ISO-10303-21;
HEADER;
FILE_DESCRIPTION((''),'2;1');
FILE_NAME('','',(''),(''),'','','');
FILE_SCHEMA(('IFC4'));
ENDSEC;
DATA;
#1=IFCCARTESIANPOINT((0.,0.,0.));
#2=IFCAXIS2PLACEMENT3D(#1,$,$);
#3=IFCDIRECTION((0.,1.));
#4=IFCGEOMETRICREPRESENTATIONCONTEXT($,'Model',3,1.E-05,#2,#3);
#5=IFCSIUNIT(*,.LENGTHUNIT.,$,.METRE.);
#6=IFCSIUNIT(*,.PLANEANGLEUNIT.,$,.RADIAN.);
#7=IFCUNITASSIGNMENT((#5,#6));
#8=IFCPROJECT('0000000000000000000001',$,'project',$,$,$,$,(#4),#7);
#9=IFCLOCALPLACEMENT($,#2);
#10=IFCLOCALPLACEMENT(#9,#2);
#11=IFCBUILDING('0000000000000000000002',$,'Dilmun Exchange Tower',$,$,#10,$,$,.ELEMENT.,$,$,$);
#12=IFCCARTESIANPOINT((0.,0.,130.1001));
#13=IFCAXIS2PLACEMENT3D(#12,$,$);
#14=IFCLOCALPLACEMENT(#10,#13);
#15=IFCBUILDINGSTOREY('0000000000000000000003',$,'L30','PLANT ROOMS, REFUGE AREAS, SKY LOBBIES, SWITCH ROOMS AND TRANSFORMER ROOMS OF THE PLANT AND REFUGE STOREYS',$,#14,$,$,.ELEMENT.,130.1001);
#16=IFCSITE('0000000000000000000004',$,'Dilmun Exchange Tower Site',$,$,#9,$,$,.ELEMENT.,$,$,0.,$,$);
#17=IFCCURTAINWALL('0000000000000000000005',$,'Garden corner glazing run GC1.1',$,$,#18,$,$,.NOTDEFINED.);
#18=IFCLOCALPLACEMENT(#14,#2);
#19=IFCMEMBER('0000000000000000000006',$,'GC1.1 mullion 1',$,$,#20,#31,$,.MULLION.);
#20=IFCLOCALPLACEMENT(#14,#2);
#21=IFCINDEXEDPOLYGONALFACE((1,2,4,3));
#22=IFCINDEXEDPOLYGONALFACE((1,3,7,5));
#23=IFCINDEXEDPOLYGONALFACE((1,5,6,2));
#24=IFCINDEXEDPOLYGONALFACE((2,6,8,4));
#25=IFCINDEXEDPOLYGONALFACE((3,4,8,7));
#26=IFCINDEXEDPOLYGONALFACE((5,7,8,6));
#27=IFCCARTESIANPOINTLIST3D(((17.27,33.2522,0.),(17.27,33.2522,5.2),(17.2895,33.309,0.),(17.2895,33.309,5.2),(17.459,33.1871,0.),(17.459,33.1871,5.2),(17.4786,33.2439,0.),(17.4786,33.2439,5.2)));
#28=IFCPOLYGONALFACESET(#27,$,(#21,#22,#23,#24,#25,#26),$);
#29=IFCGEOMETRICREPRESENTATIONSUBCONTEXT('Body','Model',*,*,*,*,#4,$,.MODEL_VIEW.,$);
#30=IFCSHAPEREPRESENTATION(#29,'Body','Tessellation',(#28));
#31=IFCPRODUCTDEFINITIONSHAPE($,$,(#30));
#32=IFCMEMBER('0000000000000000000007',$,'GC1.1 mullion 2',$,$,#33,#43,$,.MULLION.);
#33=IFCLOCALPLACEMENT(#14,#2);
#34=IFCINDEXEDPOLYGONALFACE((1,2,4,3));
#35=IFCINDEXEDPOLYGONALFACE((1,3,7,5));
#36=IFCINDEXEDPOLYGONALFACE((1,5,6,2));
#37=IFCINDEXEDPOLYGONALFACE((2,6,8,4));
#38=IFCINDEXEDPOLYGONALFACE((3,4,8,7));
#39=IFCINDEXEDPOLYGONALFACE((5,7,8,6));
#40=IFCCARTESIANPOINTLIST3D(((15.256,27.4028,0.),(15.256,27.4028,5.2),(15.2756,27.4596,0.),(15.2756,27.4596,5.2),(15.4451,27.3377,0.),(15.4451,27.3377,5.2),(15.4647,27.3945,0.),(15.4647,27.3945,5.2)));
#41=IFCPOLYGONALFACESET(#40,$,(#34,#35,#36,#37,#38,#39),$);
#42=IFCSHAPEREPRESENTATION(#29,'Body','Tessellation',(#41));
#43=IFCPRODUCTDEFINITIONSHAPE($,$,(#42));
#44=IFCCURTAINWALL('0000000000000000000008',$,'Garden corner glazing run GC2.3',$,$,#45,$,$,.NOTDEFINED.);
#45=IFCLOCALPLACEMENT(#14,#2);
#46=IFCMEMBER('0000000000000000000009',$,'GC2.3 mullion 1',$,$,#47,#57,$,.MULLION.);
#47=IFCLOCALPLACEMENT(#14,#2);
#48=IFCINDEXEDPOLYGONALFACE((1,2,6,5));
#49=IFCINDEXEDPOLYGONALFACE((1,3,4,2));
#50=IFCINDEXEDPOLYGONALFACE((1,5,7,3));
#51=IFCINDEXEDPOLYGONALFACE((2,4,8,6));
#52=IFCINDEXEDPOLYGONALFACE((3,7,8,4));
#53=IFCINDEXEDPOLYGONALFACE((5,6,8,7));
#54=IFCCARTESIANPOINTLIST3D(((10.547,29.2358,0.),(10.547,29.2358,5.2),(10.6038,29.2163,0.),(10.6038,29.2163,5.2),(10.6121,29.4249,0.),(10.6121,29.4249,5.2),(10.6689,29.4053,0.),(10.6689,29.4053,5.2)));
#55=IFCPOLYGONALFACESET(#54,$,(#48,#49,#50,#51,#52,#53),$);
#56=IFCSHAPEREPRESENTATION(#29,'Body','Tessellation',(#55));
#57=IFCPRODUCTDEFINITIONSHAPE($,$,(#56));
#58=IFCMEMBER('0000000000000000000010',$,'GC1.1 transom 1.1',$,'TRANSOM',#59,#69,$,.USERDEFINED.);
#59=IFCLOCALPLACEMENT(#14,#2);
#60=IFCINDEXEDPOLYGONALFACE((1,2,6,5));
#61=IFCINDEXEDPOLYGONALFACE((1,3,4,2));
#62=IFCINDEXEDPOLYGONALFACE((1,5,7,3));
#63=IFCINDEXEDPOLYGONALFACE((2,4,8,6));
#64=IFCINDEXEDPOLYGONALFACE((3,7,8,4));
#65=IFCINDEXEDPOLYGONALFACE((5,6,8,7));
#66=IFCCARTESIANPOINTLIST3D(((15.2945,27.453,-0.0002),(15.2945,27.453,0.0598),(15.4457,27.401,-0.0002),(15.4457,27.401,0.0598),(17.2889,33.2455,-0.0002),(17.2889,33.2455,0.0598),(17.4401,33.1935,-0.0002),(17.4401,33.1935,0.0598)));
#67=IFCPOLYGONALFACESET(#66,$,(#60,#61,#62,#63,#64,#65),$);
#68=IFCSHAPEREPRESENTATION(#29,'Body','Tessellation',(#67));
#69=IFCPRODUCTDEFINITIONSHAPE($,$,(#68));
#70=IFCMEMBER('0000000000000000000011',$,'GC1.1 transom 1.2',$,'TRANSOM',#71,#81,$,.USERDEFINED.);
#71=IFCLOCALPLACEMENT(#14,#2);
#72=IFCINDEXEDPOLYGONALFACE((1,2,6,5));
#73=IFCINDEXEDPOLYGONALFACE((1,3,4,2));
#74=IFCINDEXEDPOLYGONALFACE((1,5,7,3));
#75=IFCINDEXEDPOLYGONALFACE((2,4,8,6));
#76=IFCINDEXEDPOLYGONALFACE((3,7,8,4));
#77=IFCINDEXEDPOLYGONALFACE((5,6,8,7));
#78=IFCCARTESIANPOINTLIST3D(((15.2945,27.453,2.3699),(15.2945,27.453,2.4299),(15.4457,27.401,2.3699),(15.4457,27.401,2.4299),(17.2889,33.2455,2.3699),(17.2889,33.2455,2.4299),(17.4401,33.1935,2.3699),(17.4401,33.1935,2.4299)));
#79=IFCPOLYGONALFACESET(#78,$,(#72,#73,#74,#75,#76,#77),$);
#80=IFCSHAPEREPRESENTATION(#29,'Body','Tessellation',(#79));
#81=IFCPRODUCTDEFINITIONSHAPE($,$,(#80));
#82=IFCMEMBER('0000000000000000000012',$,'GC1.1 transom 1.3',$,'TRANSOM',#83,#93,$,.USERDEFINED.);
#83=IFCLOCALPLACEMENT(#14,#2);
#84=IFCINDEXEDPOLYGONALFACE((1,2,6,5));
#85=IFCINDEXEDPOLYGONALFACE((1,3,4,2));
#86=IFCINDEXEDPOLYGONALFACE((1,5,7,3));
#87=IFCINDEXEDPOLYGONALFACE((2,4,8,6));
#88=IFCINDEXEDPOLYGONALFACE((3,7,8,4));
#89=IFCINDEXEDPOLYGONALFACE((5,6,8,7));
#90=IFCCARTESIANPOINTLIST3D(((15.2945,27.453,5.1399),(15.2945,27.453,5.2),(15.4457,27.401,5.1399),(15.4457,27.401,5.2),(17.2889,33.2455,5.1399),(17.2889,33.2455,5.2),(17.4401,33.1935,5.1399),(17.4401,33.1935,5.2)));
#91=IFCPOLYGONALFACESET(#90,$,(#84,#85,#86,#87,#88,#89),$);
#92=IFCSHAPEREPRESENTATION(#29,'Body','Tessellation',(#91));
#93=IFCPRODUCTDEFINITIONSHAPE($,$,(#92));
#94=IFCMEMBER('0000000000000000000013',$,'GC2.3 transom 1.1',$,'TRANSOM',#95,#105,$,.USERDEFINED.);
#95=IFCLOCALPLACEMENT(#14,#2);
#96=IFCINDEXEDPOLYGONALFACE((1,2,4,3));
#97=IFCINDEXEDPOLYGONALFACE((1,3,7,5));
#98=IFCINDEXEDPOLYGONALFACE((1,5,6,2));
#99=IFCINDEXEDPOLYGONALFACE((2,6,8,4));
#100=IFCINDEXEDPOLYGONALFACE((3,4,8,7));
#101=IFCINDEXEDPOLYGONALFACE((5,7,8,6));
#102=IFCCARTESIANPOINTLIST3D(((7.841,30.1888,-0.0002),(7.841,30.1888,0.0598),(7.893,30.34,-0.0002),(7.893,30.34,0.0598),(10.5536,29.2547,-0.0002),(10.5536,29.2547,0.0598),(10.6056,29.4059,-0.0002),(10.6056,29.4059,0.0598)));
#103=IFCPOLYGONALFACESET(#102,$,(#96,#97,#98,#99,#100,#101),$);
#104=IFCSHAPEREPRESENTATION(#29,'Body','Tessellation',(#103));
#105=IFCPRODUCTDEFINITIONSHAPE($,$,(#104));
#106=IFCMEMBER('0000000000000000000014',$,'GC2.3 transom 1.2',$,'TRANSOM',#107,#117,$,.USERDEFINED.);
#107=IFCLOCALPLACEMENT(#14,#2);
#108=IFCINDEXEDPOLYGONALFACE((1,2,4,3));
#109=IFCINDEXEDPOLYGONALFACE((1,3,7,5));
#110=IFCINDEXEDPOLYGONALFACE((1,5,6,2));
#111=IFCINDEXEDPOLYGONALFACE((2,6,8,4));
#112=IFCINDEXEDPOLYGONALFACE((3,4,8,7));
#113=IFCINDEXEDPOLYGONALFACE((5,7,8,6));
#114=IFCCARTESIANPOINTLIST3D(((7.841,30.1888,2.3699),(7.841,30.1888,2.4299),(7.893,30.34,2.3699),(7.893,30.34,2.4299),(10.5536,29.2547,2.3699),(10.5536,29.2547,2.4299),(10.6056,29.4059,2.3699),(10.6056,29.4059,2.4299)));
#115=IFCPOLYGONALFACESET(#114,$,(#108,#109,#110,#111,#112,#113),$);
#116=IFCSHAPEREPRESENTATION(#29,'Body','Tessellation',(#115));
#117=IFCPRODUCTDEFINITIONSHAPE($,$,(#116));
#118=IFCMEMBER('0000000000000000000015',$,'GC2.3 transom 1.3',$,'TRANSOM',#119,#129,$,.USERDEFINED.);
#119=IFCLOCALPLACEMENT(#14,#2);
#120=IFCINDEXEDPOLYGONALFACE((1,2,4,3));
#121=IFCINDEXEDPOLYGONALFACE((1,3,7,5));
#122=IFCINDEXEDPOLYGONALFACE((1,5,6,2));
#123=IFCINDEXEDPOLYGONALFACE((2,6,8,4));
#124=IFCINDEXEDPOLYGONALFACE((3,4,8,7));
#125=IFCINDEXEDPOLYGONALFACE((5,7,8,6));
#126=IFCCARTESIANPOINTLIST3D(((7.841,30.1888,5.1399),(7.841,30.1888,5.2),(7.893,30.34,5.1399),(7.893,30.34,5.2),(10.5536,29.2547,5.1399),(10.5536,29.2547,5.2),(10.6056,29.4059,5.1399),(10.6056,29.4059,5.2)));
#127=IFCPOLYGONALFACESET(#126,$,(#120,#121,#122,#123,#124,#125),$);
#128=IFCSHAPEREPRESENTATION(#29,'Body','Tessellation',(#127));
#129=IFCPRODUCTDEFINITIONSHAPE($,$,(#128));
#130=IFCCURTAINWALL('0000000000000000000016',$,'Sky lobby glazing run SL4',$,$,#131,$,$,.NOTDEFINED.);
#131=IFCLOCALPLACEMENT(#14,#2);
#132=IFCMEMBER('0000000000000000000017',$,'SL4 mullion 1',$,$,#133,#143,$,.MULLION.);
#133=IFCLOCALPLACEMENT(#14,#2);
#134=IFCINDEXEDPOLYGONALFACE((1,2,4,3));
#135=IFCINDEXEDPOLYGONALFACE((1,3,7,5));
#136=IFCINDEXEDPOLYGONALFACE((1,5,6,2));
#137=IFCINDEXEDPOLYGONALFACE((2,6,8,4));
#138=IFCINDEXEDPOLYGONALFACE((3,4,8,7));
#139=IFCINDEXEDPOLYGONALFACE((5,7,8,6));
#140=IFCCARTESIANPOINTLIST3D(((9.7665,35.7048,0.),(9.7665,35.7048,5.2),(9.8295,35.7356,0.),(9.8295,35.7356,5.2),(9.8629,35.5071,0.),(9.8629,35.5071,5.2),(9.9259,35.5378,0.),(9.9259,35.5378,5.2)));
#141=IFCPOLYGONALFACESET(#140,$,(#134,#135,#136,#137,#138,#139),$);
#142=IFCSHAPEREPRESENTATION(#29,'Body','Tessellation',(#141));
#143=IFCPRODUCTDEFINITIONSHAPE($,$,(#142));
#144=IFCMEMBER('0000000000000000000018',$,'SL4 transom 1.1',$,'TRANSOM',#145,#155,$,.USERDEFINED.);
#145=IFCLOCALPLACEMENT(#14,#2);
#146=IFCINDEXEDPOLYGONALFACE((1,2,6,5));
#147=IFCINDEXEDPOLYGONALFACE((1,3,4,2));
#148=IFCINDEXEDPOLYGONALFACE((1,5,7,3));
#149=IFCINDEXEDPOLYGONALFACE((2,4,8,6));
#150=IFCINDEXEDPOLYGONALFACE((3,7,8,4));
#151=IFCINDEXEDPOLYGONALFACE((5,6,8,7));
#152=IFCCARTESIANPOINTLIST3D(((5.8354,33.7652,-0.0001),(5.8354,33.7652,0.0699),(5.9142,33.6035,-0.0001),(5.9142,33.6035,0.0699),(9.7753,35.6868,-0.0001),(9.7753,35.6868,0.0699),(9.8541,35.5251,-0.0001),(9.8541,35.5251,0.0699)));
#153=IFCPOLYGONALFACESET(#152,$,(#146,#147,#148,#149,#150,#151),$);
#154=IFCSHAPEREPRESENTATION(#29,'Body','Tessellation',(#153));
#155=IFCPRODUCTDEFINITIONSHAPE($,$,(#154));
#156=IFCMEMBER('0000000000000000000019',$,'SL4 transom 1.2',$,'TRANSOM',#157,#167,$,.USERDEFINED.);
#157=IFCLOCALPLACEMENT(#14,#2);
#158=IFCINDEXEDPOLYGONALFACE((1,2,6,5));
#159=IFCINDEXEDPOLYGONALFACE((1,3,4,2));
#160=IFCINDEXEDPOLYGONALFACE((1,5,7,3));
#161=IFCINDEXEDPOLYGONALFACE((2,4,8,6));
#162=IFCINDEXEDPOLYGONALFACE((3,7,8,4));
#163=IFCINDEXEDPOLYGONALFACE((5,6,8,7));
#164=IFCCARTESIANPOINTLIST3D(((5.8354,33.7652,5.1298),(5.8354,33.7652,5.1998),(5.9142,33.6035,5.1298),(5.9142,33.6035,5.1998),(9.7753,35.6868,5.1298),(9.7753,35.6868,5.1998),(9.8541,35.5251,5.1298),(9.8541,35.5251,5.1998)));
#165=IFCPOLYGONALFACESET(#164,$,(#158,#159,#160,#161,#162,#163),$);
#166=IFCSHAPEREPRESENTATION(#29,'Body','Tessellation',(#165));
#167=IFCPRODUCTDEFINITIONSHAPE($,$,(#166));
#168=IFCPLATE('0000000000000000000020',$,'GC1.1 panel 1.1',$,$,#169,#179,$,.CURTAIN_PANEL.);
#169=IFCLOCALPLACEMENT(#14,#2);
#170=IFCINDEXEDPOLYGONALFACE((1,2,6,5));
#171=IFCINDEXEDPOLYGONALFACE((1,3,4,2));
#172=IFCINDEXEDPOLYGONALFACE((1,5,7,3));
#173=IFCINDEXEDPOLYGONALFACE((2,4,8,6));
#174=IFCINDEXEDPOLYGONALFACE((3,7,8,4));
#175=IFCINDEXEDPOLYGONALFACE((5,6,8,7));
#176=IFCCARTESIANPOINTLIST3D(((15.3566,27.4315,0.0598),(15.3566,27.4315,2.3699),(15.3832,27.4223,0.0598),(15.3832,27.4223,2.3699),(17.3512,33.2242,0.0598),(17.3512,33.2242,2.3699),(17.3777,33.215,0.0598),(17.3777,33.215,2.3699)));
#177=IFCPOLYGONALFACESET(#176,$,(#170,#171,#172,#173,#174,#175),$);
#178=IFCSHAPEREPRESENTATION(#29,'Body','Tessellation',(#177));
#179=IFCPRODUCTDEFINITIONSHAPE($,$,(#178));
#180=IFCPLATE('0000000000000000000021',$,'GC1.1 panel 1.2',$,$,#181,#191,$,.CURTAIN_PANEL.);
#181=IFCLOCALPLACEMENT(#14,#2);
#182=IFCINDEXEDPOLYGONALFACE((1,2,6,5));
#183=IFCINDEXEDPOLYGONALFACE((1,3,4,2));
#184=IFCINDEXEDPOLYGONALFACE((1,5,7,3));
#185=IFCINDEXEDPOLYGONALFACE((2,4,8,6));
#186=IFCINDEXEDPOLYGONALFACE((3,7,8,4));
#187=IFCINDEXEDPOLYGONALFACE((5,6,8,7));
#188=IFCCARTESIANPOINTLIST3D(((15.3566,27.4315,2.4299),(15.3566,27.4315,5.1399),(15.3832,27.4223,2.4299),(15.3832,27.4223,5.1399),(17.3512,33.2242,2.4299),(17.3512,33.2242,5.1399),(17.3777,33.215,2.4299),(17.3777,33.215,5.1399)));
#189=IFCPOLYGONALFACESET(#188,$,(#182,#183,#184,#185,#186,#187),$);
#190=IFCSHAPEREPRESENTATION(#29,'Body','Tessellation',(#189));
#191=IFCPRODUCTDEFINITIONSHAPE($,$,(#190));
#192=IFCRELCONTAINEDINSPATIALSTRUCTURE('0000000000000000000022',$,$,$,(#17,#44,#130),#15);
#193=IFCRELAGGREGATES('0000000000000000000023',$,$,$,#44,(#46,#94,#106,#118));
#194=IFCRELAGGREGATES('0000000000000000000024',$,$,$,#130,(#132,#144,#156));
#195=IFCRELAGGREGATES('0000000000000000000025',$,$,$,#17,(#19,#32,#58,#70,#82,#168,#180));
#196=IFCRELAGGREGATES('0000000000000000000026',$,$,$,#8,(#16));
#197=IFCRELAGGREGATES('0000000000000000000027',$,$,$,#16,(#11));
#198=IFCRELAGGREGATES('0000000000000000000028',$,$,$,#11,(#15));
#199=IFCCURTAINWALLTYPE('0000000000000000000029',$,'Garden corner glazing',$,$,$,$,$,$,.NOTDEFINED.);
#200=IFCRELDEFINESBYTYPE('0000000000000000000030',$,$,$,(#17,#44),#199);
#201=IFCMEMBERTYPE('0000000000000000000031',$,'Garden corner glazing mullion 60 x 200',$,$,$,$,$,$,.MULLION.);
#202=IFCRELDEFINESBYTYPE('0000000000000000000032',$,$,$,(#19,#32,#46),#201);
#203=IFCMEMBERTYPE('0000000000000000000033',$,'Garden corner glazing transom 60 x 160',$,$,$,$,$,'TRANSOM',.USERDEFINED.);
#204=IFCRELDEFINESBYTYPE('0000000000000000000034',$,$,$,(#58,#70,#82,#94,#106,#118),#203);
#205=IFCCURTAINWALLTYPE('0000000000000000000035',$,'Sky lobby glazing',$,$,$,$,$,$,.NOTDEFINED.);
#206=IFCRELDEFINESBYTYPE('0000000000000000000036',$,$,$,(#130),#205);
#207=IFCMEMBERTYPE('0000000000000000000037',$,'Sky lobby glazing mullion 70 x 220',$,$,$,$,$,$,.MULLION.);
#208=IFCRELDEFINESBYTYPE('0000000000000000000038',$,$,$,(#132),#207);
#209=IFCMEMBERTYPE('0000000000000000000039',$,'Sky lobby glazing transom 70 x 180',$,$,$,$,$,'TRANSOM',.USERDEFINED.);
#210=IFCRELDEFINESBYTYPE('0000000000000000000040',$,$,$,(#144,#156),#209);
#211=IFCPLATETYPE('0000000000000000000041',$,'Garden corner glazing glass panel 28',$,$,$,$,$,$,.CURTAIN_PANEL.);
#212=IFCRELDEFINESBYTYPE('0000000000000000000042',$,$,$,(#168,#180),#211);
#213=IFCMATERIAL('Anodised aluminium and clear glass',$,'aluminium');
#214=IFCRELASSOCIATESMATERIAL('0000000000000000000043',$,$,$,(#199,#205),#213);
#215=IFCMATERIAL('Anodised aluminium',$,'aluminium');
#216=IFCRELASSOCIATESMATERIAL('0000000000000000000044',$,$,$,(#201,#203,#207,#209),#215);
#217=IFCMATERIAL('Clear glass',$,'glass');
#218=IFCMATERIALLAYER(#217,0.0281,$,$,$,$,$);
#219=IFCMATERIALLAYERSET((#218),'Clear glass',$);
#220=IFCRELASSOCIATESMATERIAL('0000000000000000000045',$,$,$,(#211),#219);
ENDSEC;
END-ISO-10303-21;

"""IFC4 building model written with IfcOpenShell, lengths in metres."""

from ifc_helpers import new_model, si_unit, direction, frame, origin, origin_2d, place, context, subcontext, project, spatial, rectangle, extrude, material, layer, layer_set, material_profile, profile_set, type_object, element, aggregate, save


model = new_model("IFC4")

# Units and contexts
model_context = context("Model", 3, precision=1e-05, world=origin(), true_north=direction((0.0, 1.0)))
body_context = subcontext(model_context, "Body", "Model", "MODEL_VIEW")
ifc_project = project(units=[si_unit("LENGTHUNIT", "METRE"), si_unit("PLANEANGLEUNIT", "RADIAN")], contexts=[model_context])

# Site, building, storey
site_placement = place(None, origin())
site = spatial("IfcSite", under=ifc_project, at=site_placement, Name="Dilmun Exchange Tower Site", CompositionType="ELEMENT", RefElevation=0.0)
building_placement = place(site_placement, origin())
building = spatial("IfcBuilding", under=site, at=building_placement, Name="Dilmun Exchange Tower", CompositionType="ELEMENT")
storey_placement = place(building_placement, frame((0.0, 0.0, 130.1001)))
storey = spatial("IfcBuildingStorey", under=building, at=storey_placement, Name="L30", Description="PLANT ROOMS, REFUGE AREAS, SKY LOBBIES, SWITCH ROOMS AND TRANSFORMER ROOMS OF THE PLANT AND REFUGE STOREYS", CompositionType="ELEMENT", Elevation=130.1001)

# Curtain wall, members
ifc_material_1 = material(Name="Anodised aluminium and clear glass", Category="aluminium")
curtain_wall_type_1 = type_object("IfcCurtainWallType", Name="Garden corner glazing", PredefinedType="NOTDEFINED", material=ifc_material_1)
curtain_wall_1_placement = place(storey_placement, origin())
curtain_wall_1 = element("IfcCurtainWall", 1, at=curtain_wall_1_placement, inside=storey, type_object=curtain_wall_type_1, Name="Garden corner glazing run GC1.1", PredefinedType="NOTDEFINED")
ifc_material_2 = material(Name="Anodised aluminium", Category="aluminium")
ifc_material_profile_1 = material_profile(ifc_material_2, rectangle(XDim=0.2, YDim=0.0601, at=origin_2d()), Name="AL 60x200")
ifc_profile_set_1 = profile_set([ifc_material_profile_1], Name="Anodised aluminium")
member_type_1 = type_object("IfcMemberType", Name="Garden corner glazing mullion 60 x 200", PredefinedType="MULLION", material=ifc_profile_set_1)
member_1_placement = place(storey_placement, frame((17.3743, 33.248, 0.0), z_axis=(0.0, 0.0, 1.0), x_axis=(0.94552, -0.325563, 0.0)))
member_1 = element("IfcMember", 2, at=member_1_placement, type_object=member_type_1, Name="GC1.1 mullion 1", PredefinedType="MULLION", context=body_context, shape_type="SweptSolid", body=[
    extrude(rectangle(XDim=0.2, YDim=0.0601, at=origin_2d()), origin(), (0.0, 0.0, 1.0), 5.2),
])
member_2_placement = place(storey_placement, frame((15.3604, 27.3987, 0.0), z_axis=(0.0, 0.0, 1.0), x_axis=(0.94552, -0.325563, 0.0)))
member_2 = element("IfcMember", 3, at=member_2_placement, type_object=member_type_1, Name="GC1.1 mullion 2", PredefinedType="MULLION", context=body_context, shape_type="SweptSolid", body=[
    extrude(rectangle(XDim=0.2, YDim=0.0601, at=origin_2d()), origin(), (0.0, 0.0, 1.0), 5.2),
])

# Curtain wall, member
curtain_wall_2_placement = place(storey_placement, origin())
curtain_wall_2 = element("IfcCurtainWall", 4, at=curtain_wall_2_placement, inside=storey, type_object=curtain_wall_type_1, Name="Garden corner glazing run GC2.3", PredefinedType="NOTDEFINED")
member_3_placement = place(storey_placement, frame((10.6079, 29.3206, 0.0), z_axis=(0.0, 0.0, 1.0), x_axis=(-0.325586, -0.945512, 0.0)))
member_3 = element("IfcMember", 5, at=member_3_placement, type_object=member_type_1, Name="GC2.3 mullion 1", PredefinedType="MULLION", context=body_context, shape_type="SweptSolid", body=[
    extrude(rectangle(XDim=0.2, YDim=0.0601, at=origin_2d()), origin(), (0.0, 0.0, 1.0), 5.2),
])

# Members
ifc_material_profile_2 = material_profile(ifc_material_2, rectangle(XDim=0.1599, YDim=0.0601, at=origin_2d()), Name="AL 60x160")
ifc_profile_set_2 = profile_set([ifc_material_profile_2], Name="Anodised aluminium")
member_type_2 = type_object("IfcMemberType", Name="Garden corner glazing transom 60 x 160", ElementType="TRANSOM", PredefinedType="USERDEFINED", material=ifc_profile_set_2)
member_4_placement = place(storey_placement, frame((17.3645, 33.2195, 0.0298), z_axis=(-0.32555, -0.945525, 0.0), x_axis=(0.945525, -0.32555, 0.0)))
member_4 = element("IfcMember", 6, at=member_4_placement, type_object=member_type_2, Name="GC1.1 transom 1.1", ObjectType="TRANSOM", PredefinedType="USERDEFINED", context=body_context, shape_type="SweptSolid", body=[
    extrude(rectangle(XDim=0.1599, YDim=0.0601, at=origin_2d()), origin(), (0.0, 0.0, 1.0), 6.1262),
])
member_5_placement = place(storey_placement, frame((17.3645, 33.2195, 2.3999), z_axis=(-0.32555, -0.945525, 0.0), x_axis=(0.945525, -0.32555, 0.0)))
member_5 = element("IfcMember", 7, at=member_5_placement, type_object=member_type_2, Name="GC1.1 transom 1.2", ObjectType="TRANSOM", PredefinedType="USERDEFINED", context=body_context, shape_type="SweptSolid", body=[
    extrude(rectangle(XDim=0.1599, YDim=0.0601, at=origin_2d()), origin(), (0.0, 0.0, 1.0), 6.1262),
])
member_6_placement = place(storey_placement, frame((17.3645, 33.2195, 5.1699), z_axis=(-0.32555, -0.945525, 0.0), x_axis=(0.945525, -0.32555, 0.0)))
member_6 = element("IfcMember", 8, at=member_6_placement, type_object=member_type_2, Name="GC1.1 transom 1.3", ObjectType="TRANSOM", PredefinedType="USERDEFINED", context=body_context, shape_type="SweptSolid", body=[
    extrude(rectangle(XDim=0.1599, YDim=0.0601, at=origin_2d()), origin(), (0.0, 0.0, 1.0), 6.1262),
])
member_7_placement = place(storey_placement, frame((10.5796, 29.3303, 0.0298), z_axis=(-0.945514, 0.325582, 0.0), x_axis=(-0.325582, -0.945514, 0.0)))
member_7 = element("IfcMember", 9, at=member_7_placement, type_object=member_type_2, Name="GC2.3 transom 1.1", ObjectType="TRANSOM", PredefinedType="USERDEFINED", context=body_context, shape_type="SweptSolid", body=[
    extrude(rectangle(XDim=0.1599, YDim=0.0601, at=origin_2d()), origin(), (0.0, 0.0, 1.0), 2.8689),
])
member_8_placement = place(storey_placement, frame((10.5796, 29.3303, 2.3999), z_axis=(-0.945514, 0.325582, 0.0), x_axis=(-0.325582, -0.945514, 0.0)))
member_8 = element("IfcMember", 10, at=member_8_placement, type_object=member_type_2, Name="GC2.3 transom 1.2", ObjectType="TRANSOM", PredefinedType="USERDEFINED", context=body_context, shape_type="SweptSolid", body=[
    extrude(rectangle(XDim=0.1599, YDim=0.0601, at=origin_2d()), origin(), (0.0, 0.0, 1.0), 2.8689),
])
member_9_placement = place(storey_placement, frame((10.5796, 29.3303, 5.1699), z_axis=(-0.945514, 0.325582, 0.0), x_axis=(-0.325582, -0.945514, 0.0)))
member_9 = element("IfcMember", 11, at=member_9_placement, type_object=member_type_2, Name="GC2.3 transom 1.3", ObjectType="TRANSOM", PredefinedType="USERDEFINED", context=body_context, shape_type="SweptSolid", body=[
    extrude(rectangle(XDim=0.1599, YDim=0.0601, at=origin_2d()), origin(), (0.0, 0.0, 1.0), 2.8689),
])
aggregate(curtain_wall_2, [member_3, member_7, member_8, member_9])

# Curtain wall, members
curtain_wall_type_2 = type_object("IfcCurtainWallType", Name="Sky lobby glazing", PredefinedType="NOTDEFINED", material=ifc_material_1)
curtain_wall_3_placement = place(storey_placement, origin())
curtain_wall_3 = element("IfcCurtainWall", 12, at=curtain_wall_3_placement, inside=storey, type_object=curtain_wall_type_2, Name="Sky lobby glazing run SL4", PredefinedType="NOTDEFINED")
ifc_material_profile_3 = material_profile(ifc_material_2, rectangle(XDim=0.22, YDim=0.0701, at=origin_2d()), Name="AL 70x220")
ifc_profile_set_3 = profile_set([ifc_material_profile_3], Name="Anodised aluminium")
member_type_3 = type_object("IfcMemberType", Name="Sky lobby glazing mullion 70 x 220", PredefinedType="MULLION", material=ifc_profile_set_3)
member_10_placement = place(storey_placement, frame((9.8462, 35.6213, 0.0), z_axis=(0.0, 0.0, 1.0), x_axis=(0.438371, -0.898794, 0.0)))
member_10 = element("IfcMember", 13, at=member_10_placement, type_object=member_type_3, Name="SL4 mullion 1", PredefinedType="MULLION", context=body_context, shape_type="SweptSolid", body=[
    extrude(rectangle(XDim=0.22, YDim=0.0701, at=origin_2d()), origin(), (0.0, 0.0, 1.0), 5.2),
])
ifc_material_profile_4 = material_profile(ifc_material_2, rectangle(XDim=0.1799, YDim=0.0701, at=origin_2d()), Name="AL 70x180")
ifc_profile_set_4 = profile_set([ifc_material_profile_4], Name="Anodised aluminium")
member_type_4 = type_object("IfcMemberType", Name="Sky lobby glazing transom 70 x 180", ElementType="TRANSOM", PredefinedType="USERDEFINED", material=ifc_profile_set_4)
member_11_placement = place(storey_placement, frame((9.8147, 35.606, 0.0349), z_axis=(-0.898795, -0.43837, 0.0), x_axis=(0.43837, -0.898795, 0.0)))
member_11 = element("IfcMember", 14, at=member_11_placement, type_object=member_type_4, Name="SL4 transom 1.1", ObjectType="TRANSOM", PredefinedType="USERDEFINED", context=body_context, shape_type="SweptSolid", body=[
    extrude(rectangle(XDim=0.1799, YDim=0.0701, at=origin_2d()), origin(), (0.0, 0.0, 1.0), 4.3835),
])
member_12_placement = place(storey_placement, frame((9.8147, 35.606, 5.1648), z_axis=(-0.898795, -0.43837, 0.0), x_axis=(0.43837, -0.898795, 0.0)))
member_12 = element("IfcMember", 15, at=member_12_placement, type_object=member_type_4, Name="SL4 transom 1.2", ObjectType="TRANSOM", PredefinedType="USERDEFINED", context=body_context, shape_type="SweptSolid", body=[
    extrude(rectangle(XDim=0.1799, YDim=0.0701, at=origin_2d()), origin(), (0.0, 0.0, 1.0), 4.3835),
])
aggregate(curtain_wall_3, [member_10, member_11, member_12])

# Plates
ifc_material_3 = material(Name="Clear glass", Category="glass")
ifc_layer_1 = layer(ifc_material_3, 0.0281)
ifc_layer_set_1 = layer_set([ifc_layer_1], Name="Clear glass")
plate_type = type_object("IfcPlateType", Name="Garden corner glazing glass panel 28", PredefinedType="CURTAIN_PANEL", material=ifc_layer_set_1)
plate_1_placement = place(storey_placement, frame((16.3672, 30.3232, 0.0598), z_axis=(0.0, 0.0, 1.0), x_axis=(-0.325563, -0.94552, 0.0)))
plate_1 = element("IfcPlate", 16, at=plate_1_placement, type_object=plate_type, Name="GC1.1 panel 1.1", PredefinedType="CURTAIN_PANEL", context=body_context, shape_type="SweptSolid", body=[
    extrude(rectangle(XDim=6.1265, YDim=0.0281, at=origin_2d()), origin(), (0.0, 0.0, 1.0), 2.3101),
])
plate_2_placement = place(storey_placement, frame((16.3672, 30.3232, 2.4299), z_axis=(0.0, 0.0, 1.0), x_axis=(-0.325563, -0.94552, 0.0)))
plate_2 = element("IfcPlate", 17, at=plate_2_placement, type_object=plate_type, Name="GC1.1 panel 1.2", PredefinedType="CURTAIN_PANEL", context=body_context, shape_type="SweptSolid", body=[
    extrude(rectangle(XDim=6.1265, YDim=0.0281, at=origin_2d()), origin(), (0.0, 0.0, 1.0), 2.71),
])
aggregate(curtain_wall_1, [member_1, member_2, member_4, member_5, member_6, plate_1, plate_2])

save(model, "model.ifc")
